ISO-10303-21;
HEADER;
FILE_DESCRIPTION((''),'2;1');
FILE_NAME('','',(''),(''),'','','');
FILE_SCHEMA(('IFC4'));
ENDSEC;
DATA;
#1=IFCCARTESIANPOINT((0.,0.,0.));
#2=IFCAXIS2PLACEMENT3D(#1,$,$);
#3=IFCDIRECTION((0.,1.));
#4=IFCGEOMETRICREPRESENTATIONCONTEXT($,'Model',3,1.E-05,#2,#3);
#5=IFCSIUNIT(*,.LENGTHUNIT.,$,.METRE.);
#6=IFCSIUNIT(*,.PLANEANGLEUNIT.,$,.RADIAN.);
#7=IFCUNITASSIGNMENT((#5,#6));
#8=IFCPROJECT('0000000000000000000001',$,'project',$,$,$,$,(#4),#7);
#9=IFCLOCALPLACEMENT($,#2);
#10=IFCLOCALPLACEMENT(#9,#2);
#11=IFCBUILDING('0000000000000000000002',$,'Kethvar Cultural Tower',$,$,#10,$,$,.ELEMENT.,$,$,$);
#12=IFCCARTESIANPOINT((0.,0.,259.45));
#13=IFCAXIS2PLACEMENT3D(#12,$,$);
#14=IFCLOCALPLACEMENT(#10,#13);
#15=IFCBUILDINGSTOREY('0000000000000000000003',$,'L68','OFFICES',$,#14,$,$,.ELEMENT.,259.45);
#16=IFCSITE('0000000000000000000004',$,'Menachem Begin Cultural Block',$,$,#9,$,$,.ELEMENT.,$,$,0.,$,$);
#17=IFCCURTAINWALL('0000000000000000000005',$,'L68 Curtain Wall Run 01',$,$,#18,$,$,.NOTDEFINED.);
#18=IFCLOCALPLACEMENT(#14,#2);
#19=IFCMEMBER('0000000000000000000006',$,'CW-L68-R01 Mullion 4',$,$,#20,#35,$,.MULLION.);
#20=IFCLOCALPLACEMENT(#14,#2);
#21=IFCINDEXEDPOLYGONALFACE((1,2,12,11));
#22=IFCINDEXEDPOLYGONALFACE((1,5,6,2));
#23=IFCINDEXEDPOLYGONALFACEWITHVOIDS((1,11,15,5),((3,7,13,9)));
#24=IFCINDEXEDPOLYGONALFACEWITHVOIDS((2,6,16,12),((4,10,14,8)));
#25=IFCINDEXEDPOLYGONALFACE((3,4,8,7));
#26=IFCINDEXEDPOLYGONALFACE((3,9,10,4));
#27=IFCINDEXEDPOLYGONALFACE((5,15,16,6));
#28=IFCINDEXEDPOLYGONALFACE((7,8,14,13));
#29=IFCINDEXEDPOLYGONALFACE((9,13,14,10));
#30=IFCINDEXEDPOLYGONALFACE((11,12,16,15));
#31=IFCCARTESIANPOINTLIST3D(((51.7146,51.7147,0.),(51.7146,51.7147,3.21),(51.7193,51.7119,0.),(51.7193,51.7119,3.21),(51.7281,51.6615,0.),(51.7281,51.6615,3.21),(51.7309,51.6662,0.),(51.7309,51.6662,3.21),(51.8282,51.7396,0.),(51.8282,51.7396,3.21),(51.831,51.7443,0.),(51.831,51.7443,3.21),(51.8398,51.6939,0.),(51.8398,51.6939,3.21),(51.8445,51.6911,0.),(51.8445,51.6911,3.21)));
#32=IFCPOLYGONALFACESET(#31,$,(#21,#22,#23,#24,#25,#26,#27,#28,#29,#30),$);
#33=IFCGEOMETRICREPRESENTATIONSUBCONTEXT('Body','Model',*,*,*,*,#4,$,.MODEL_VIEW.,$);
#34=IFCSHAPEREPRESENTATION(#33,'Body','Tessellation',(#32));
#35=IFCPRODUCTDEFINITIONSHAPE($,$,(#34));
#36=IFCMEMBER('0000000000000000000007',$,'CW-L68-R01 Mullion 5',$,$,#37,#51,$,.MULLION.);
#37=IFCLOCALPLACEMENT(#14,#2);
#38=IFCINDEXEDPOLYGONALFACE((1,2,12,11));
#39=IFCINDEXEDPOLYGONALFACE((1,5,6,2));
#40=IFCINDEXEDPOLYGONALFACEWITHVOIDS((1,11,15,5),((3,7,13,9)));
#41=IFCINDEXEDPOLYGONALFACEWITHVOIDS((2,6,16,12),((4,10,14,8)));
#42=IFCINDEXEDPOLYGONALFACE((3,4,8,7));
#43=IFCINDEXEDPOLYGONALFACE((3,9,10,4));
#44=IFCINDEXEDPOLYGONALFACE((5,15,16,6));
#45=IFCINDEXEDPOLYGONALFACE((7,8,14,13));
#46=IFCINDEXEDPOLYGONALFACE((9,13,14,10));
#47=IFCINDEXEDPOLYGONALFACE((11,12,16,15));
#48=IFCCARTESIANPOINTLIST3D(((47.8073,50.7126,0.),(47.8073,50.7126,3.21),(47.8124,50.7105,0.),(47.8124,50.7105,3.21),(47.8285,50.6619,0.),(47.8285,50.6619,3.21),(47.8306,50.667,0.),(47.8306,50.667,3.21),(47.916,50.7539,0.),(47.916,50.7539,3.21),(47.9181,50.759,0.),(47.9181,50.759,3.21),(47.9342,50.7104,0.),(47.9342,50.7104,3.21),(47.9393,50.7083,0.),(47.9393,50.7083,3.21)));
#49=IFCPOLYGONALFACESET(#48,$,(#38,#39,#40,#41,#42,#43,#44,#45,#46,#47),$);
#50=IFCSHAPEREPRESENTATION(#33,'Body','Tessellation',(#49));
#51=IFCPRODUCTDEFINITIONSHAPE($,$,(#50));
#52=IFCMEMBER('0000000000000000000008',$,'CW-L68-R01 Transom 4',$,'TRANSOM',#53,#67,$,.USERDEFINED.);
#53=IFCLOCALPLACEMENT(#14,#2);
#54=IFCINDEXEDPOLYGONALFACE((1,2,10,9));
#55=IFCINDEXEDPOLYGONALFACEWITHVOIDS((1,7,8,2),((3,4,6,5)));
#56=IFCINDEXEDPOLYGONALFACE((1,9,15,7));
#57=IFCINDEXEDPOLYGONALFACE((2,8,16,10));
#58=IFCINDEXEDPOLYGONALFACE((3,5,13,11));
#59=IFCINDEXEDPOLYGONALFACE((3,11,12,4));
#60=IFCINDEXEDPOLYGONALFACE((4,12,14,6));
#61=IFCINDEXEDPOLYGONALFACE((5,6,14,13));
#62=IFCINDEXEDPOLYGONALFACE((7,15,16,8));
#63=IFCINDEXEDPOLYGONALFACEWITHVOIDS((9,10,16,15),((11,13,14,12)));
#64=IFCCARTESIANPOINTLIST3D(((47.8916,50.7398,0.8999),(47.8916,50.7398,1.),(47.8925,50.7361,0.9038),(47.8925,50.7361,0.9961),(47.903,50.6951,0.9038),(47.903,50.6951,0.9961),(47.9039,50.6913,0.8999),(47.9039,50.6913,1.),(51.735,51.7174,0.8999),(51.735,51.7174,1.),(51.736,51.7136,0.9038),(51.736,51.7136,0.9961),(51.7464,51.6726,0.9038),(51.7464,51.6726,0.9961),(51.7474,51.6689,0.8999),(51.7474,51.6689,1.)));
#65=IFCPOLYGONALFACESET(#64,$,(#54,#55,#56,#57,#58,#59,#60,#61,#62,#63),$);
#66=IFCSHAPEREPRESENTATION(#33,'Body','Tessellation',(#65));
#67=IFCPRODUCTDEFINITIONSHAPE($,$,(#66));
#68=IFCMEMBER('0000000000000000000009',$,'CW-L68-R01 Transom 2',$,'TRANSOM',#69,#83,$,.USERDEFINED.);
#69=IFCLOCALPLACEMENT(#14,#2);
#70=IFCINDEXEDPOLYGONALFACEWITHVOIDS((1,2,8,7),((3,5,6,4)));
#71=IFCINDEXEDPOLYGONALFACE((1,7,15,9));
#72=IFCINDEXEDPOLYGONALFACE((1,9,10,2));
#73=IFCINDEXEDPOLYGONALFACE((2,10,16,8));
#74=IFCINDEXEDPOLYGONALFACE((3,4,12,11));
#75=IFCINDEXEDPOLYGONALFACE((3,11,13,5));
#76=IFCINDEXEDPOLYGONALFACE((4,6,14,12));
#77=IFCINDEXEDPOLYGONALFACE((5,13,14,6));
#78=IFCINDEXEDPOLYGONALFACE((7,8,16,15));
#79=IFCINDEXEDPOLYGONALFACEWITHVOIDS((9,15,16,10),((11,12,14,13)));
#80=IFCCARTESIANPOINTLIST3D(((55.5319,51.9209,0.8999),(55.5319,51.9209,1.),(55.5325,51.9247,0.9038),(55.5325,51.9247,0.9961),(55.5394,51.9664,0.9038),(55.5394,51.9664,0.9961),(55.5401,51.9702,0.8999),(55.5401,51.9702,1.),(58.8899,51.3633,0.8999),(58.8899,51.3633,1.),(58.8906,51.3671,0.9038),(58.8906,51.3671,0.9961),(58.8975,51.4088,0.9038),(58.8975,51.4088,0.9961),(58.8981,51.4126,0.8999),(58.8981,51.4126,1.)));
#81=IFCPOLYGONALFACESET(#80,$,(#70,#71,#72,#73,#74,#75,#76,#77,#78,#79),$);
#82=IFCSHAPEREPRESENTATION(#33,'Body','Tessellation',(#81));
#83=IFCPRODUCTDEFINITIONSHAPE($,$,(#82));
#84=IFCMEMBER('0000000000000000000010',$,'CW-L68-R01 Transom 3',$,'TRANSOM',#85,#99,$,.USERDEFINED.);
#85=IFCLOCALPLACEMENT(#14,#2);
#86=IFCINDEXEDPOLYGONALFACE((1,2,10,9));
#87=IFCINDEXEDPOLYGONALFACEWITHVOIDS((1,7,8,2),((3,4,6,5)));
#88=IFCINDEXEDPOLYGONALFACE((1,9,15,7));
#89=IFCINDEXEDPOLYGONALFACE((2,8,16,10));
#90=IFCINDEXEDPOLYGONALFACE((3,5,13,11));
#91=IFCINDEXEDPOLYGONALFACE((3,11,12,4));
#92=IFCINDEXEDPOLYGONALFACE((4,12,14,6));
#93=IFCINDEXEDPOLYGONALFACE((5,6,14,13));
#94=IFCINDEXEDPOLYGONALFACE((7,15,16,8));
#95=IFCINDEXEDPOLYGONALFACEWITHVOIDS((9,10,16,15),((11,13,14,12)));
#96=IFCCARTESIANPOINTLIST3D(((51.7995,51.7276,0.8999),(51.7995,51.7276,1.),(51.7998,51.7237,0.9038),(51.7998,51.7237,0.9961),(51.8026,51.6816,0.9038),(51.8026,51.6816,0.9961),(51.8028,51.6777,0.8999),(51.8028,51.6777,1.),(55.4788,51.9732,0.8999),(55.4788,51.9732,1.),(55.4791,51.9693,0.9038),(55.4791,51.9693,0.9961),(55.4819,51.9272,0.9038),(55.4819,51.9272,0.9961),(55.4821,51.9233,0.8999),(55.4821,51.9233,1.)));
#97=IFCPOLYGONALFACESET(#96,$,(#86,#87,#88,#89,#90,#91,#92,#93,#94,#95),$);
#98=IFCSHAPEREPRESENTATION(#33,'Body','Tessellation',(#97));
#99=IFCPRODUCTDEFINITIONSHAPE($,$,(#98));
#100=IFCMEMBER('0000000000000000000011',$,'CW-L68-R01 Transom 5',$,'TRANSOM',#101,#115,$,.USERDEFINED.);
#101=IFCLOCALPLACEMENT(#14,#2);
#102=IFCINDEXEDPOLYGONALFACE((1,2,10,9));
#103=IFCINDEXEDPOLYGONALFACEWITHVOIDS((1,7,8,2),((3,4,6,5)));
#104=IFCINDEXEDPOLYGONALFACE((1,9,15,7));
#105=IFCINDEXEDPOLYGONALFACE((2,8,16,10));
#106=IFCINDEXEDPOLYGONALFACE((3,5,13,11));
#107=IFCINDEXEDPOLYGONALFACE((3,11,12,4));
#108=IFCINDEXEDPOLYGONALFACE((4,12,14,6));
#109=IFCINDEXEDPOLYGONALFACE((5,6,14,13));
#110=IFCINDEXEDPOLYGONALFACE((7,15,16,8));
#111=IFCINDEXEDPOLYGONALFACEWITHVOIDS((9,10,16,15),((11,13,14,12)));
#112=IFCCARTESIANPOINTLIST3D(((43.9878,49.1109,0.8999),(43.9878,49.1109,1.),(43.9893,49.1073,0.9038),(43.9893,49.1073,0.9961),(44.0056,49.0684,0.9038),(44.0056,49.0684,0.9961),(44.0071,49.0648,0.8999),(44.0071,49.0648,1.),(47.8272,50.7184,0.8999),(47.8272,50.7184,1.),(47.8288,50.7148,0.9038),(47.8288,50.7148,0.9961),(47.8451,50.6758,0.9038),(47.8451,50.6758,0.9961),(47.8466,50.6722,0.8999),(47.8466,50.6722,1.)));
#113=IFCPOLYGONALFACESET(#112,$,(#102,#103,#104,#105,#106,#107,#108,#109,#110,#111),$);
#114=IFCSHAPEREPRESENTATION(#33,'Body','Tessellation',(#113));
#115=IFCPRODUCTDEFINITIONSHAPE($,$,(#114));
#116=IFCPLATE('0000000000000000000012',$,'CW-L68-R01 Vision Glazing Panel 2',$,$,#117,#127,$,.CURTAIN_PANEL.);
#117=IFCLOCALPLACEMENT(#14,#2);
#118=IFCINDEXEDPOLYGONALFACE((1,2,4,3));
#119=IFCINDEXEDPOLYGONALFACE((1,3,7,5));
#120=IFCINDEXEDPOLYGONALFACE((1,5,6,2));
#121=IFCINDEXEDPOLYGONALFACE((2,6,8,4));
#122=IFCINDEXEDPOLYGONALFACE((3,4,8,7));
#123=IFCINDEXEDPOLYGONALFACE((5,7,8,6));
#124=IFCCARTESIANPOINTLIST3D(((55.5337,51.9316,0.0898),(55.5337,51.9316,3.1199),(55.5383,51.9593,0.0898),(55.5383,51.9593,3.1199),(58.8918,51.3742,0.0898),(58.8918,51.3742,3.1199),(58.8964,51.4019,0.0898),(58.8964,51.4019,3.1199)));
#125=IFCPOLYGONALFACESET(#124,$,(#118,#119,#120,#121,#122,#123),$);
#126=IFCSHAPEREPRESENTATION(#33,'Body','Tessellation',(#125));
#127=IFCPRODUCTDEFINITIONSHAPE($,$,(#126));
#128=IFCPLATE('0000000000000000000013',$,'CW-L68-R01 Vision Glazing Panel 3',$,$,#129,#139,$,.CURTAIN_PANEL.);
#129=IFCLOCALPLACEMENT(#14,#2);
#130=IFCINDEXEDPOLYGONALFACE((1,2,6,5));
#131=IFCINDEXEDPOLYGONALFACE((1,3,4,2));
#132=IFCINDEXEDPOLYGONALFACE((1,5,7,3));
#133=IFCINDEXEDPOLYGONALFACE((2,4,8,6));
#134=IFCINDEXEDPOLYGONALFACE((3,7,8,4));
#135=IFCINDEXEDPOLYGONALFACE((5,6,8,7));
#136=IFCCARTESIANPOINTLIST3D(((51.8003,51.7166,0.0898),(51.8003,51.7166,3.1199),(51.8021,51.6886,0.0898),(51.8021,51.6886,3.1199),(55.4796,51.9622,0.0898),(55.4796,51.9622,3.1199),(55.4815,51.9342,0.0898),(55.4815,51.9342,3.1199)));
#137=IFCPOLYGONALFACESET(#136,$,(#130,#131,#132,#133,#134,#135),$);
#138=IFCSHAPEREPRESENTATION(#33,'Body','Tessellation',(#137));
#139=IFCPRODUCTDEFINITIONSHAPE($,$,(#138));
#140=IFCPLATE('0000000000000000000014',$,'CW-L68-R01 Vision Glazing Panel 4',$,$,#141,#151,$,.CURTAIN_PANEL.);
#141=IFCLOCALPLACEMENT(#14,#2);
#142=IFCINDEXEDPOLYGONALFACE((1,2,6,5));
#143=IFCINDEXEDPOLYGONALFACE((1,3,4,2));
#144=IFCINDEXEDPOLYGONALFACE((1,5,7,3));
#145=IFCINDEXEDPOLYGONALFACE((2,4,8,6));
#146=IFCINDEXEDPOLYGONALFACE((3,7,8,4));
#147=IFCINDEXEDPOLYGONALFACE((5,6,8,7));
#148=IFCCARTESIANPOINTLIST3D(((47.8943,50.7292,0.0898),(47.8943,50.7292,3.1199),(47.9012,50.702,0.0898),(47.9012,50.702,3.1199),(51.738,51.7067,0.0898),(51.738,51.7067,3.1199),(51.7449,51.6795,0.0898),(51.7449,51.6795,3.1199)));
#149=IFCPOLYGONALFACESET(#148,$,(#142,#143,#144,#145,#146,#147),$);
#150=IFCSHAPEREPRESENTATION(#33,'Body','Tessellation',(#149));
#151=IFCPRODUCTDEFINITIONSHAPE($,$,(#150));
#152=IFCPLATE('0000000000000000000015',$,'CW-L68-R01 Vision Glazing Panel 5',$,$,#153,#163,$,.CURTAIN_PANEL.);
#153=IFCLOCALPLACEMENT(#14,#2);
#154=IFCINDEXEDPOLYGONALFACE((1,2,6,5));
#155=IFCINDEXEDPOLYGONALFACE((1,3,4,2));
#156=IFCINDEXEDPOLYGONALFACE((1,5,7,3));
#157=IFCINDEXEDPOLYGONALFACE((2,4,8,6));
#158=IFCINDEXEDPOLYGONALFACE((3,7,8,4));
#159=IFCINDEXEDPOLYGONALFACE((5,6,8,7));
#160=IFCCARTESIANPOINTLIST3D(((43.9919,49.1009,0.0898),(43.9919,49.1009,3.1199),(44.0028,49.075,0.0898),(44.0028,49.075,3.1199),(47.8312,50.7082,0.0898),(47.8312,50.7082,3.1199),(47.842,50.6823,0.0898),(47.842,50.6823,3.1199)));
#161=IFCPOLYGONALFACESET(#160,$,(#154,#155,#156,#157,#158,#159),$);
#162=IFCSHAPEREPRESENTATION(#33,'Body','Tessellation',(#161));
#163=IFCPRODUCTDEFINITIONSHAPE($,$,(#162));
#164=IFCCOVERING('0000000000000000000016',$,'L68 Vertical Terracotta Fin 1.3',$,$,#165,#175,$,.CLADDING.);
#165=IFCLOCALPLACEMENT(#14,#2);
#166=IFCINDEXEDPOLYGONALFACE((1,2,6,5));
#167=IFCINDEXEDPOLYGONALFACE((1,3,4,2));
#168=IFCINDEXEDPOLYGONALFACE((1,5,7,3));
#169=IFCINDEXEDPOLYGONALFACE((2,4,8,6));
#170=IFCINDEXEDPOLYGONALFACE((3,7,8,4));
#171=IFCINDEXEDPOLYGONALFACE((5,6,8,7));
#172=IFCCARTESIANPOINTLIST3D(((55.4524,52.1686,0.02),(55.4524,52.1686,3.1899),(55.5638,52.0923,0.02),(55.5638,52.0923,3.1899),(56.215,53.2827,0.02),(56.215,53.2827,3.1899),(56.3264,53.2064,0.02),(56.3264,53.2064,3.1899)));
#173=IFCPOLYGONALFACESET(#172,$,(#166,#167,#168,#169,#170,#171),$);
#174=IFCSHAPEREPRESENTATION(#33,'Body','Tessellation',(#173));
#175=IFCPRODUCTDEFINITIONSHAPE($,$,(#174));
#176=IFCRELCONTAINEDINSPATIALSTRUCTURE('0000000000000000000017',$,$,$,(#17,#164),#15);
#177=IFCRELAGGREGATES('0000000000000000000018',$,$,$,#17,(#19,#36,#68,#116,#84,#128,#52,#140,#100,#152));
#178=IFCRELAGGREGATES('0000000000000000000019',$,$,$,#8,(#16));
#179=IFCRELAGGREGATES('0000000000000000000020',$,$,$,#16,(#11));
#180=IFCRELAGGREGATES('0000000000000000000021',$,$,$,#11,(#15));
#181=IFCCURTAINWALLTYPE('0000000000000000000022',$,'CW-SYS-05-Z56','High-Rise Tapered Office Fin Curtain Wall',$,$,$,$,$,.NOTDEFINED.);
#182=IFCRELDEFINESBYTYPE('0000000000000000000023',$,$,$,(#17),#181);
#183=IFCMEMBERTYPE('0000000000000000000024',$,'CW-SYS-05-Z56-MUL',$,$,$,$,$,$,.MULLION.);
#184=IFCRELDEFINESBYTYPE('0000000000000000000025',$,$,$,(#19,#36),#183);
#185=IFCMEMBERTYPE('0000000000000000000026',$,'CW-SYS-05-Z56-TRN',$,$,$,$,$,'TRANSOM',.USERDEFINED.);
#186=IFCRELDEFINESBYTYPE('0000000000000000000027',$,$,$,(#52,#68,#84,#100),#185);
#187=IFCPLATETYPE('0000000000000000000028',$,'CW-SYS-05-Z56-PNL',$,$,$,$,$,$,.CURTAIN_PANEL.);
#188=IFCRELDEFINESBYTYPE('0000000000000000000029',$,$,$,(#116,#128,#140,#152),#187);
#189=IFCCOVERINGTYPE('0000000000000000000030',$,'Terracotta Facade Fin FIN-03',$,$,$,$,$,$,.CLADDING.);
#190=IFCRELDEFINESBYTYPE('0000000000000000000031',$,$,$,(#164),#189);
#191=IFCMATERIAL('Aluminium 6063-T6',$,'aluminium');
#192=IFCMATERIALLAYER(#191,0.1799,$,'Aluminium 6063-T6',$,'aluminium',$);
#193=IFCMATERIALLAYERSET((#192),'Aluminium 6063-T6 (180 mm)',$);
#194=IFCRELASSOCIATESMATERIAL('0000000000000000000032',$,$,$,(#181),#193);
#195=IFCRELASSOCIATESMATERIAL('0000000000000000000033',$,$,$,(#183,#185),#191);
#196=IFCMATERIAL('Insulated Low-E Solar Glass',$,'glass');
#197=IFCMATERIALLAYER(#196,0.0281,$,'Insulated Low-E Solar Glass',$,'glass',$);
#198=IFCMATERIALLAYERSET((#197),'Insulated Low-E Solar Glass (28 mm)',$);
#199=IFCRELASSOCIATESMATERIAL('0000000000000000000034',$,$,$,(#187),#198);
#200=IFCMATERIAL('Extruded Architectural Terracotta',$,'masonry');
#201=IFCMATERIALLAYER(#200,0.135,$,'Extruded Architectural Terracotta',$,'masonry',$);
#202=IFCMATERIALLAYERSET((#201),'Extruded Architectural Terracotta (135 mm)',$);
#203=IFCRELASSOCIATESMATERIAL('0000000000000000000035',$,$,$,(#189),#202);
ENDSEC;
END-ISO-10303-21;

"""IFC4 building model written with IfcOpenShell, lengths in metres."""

from ifc_helpers import new_model, si_unit, direction, frame, origin, origin_2d, place, context, subcontext, project, spatial, rectangle, hollow_rectangle, extrude, source, transform, mapped, material, layer, layer_set, material_profile, profile_set, type_object, element, aggregate, save


model = new_model("IFC4")

# Units and contexts
model_context = context("Model", 3, precision=1e-05, world=origin(), true_north=direction((0.0, 1.0)))
body_context = subcontext(model_context, "Body", "Model", "MODEL_VIEW")
ifc_project = project(units=[si_unit("LENGTHUNIT", "METRE"), si_unit("PLANEANGLEUNIT", "RADIAN")], contexts=[model_context])

# Site, building, storey
site_placement = place(None, origin())
site = spatial("IfcSite", under=ifc_project, at=site_placement, Name="Menachem Begin Cultural Block", CompositionType="ELEMENT", RefElevation=0.0)
building_placement = place(site_placement, origin())
building = spatial("IfcBuilding", under=site, at=building_placement, Name="Kethvar Cultural Tower", CompositionType="ELEMENT")
storey_placement = place(building_placement, frame((0.0, 0.0, 259.45)))
storey = spatial("IfcBuildingStorey", under=building, at=storey_placement, Name="L68", Description="OFFICES", CompositionType="ELEMENT", Elevation=259.45)

# Curtain wall, members, plates
ifc_material_1 = material(Name="Aluminium 6063-T6", Category="aluminium")
ifc_layer_1 = layer(ifc_material_1, 0.1799, Name="Aluminium 6063-T6", Category="aluminium")
ifc_layer_set_1 = layer_set([ifc_layer_1], Name="Aluminium 6063-T6 (180 mm)")
curtain_wall_type = type_object("IfcCurtainWallType", Name="CW-SYS-05-Z56", Description="High-Rise Tapered Office Fin Curtain Wall", PredefinedType="NOTDEFINED", material=ifc_layer_set_1)
curtain_wall_placement = place(storey_placement, origin())
curtain_wall = element("IfcCurtainWall", 1, at=curtain_wall_placement, inside=storey, type_object=curtain_wall_type, Name="L68 Curtain Wall Run 01", PredefinedType="NOTDEFINED")
ifc_material_profile_1 = material_profile(ifc_material_1, hollow_rectangle(XDim=0.0549, YDim=0.1201, WallThickness=0.0039, at=origin_2d()), Name="Aluminium 6063-T6 — RHS120x55x4")
ifc_profile_set_1 = profile_set([ifc_material_profile_1], Name="Aluminium 6063-T6 — RHS120x55x4")
member_type_1 = type_object("IfcMemberType", Name="CW-SYS-05-Z56-MUL", PredefinedType="MULLION", material=ifc_profile_set_1)
shared_shape_1 = source(origin(), body_context, "Body", "SweptSolid", [
    extrude(hollow_rectangle(XDim=0.0549, YDim=0.1201, WallThickness=0.0039, at=origin_2d()), origin(), (0.0, 0.0, 1.0), 3.21),
])
member_1_placement = place(storey_placement, frame((51.7795, 51.7029, 0.0), z_axis=(0.0, 0.0, 1.0), x_axis=(0.246475, -0.969149, 0.0)))
member_1 = element("IfcMember", 2, at=member_1_placement, type_object=member_type_1, Name="CW-L68-R01 Mullion 4", PredefinedType="MULLION", context=body_context, shape_type="MappedRepresentation", body=[
    mapped(shared_shape_1, transform((0.0, 0.0, 0.0), scale=1.0)),
])
member_2_placement = place(storey_placement, frame((47.8733, 50.7104, 0.0), z_axis=(0.0, 0.0, 1.0), x_axis=(0.386164, -0.92243, 0.0)))
member_2 = element("IfcMember", 3, at=member_2_placement, type_object=member_type_1, Name="CW-L68-R01 Mullion 5", PredefinedType="MULLION", context=body_context, shape_type="MappedRepresentation", body=[
    mapped(shared_shape_1, transform((0.0, 0.0, 0.0), scale=1.0)),
])
ifc_material_profile_2 = material_profile(ifc_material_1, hollow_rectangle(XDim=0.05, YDim=0.1001, WallThickness=0.0039, at=origin_2d()), Name="Aluminium 6063-T6 — RHS100x50x4")
ifc_profile_set_2 = profile_set([ifc_material_profile_2], Name="Aluminium 6063-T6 — RHS100x50x4")
member_type_2 = type_object("IfcMemberType", Name="CW-SYS-05-Z56-TRN", ElementType="TRANSOM", PredefinedType="USERDEFINED", material=ifc_profile_set_2)
shared_shape_2 = source(origin(), body_context, "Body", "SweptSolid", [
    extrude(hollow_rectangle(XDim=0.05, YDim=0.1001, WallThickness=0.0039, at=origin_2d()), origin(), (0.0, 0.0, 1.0), 3.9658),
])
member_3_placement = place(storey_placement, frame((51.7412, 51.6931, 0.95), z_axis=(-0.969146, -0.246488, 0.0), x_axis=(0.246488, -0.969146, 0.0)))
member_3 = element("IfcMember", 4, at=member_3_placement, type_object=member_type_2, Name="CW-L68-R01 Transom 4", ObjectType="TRANSOM", PredefinedType="USERDEFINED", context=body_context, shape_type="MappedRepresentation", body=[
    mapped(shared_shape_2, transform((0.0, 0.0, 0.0), scale=1.0)),
])
shared_shape_3 = source(origin(), body_context, "Body", "SweptSolid", [
    extrude(hollow_rectangle(XDim=0.05, YDim=0.1001, WallThickness=0.0039, at=origin_2d()), origin(), (0.0, 0.0, 1.0), 3.4041),
])
member_4_placement = place(storey_placement, frame((58.894, 51.3879, 0.95), z_axis=(-0.986493, 0.163806, 0.0), x_axis=(-0.163806, -0.986493, 0.0)))
member_4 = element("IfcMember", 5, at=member_4_placement, type_object=member_type_2, Name="CW-L68-R01 Transom 2", ObjectType="TRANSOM", PredefinedType="USERDEFINED", context=body_context, shape_type="MappedRepresentation", body=[
    mapped(shared_shape_3, transform((0.0, 0.0, 0.0), scale=1.0)),
])
shared_shape_4 = source(origin(), body_context, "Body", "SweptSolid", [
    extrude(hollow_rectangle(XDim=0.05, YDim=0.1001, WallThickness=0.0039, at=origin_2d()), origin(), (0.0, 0.0, 1.0), 3.6875),
])
member_5_placement = place(storey_placement, frame((55.4805, 51.9482, 0.95), z_axis=(-0.997779, -0.066607, 0.0), x_axis=(0.066607, -0.997779, 0.0)))
member_5 = element("IfcMember", 6, at=member_5_placement, type_object=member_type_2, Name="CW-L68-R01 Transom 3", ObjectType="TRANSOM", PredefinedType="USERDEFINED", context=body_context, shape_type="MappedRepresentation", body=[
    mapped(shared_shape_4, transform((0.0, 0.0, 0.0), scale=1.0)),
])
shared_shape_5 = source(origin(), body_context, "Body", "SweptSolid", [
    extrude(hollow_rectangle(XDim=0.05, YDim=0.1001, WallThickness=0.0039, at=origin_2d()), origin(), (0.0, 0.0, 1.0), 4.1624),
])
member_6_placement = place(storey_placement, frame((47.8369, 50.6953, 0.95), z_axis=(-0.92242, -0.386189, 0.0), x_axis=(0.386189, -0.92242, 0.0)))
member_6 = element("IfcMember", 7, at=member_6_placement, type_object=member_type_2, Name="CW-L68-R01 Transom 5", ObjectType="TRANSOM", PredefinedType="USERDEFINED", context=body_context, shape_type="MappedRepresentation", body=[
    mapped(shared_shape_5, transform((0.0, 0.0, 0.0), scale=1.0)),
])
ifc_material_2 = material(Name="Insulated Low-E Solar Glass", Category="glass")
ifc_layer_2 = layer(ifc_material_2, 0.0281, Name="Insulated Low-E Solar Glass", Category="glass")
ifc_layer_set_2 = layer_set([ifc_layer_2], Name="Insulated Low-E Solar Glass (28 mm)")
plate_type = type_object("IfcPlateType", Name="CW-SYS-05-Z56-PNL", PredefinedType="CURTAIN_PANEL", material=ifc_layer_set_2)
shared_shape_6 = source(origin(), body_context, "Body", "SweptSolid", [
    extrude(rectangle(XDim=3.4041, YDim=0.0281, at=origin_2d()), origin(), (0.0, 0.0, 1.0), 3.03),
])
plate_1_placement = place(storey_placement, frame((57.2151, 51.6667, 0.0898), z_axis=(0.0, 0.0, 1.0), x_axis=(-0.986501, 0.163756, 0.0)))
plate_1 = element("IfcPlate", 8, at=plate_1_placement, type_object=plate_type, Name="CW-L68-R01 Vision Glazing Panel 2", PredefinedType="CURTAIN_PANEL", context=body_context, shape_type="MappedRepresentation", body=[
    mapped(shared_shape_6, transform((0.0, 0.0, 0.0), scale=1.0)),
])
shared_shape_7 = source(origin(), body_context, "Body", "SweptSolid", [
    extrude(rectangle(XDim=3.6875, YDim=0.0281, at=origin_2d()), origin(), (0.0, 0.0, 1.0), 3.03),
])
plate_2_placement = place(storey_placement, frame((53.6409, 51.8254, 0.0898), z_axis=(0.0, 0.0, 1.0), x_axis=(-0.997779, -0.066605, 0.0)))
plate_2 = element("IfcPlate", 9, at=plate_2_placement, type_object=plate_type, Name="CW-L68-R01 Vision Glazing Panel 3", PredefinedType="CURTAIN_PANEL", context=body_context, shape_type="MappedRepresentation", body=[
    mapped(shared_shape_7, transform((0.0, 0.0, 0.0), scale=1.0)),
])
shared_shape_8 = source(origin(), body_context, "Body", "SweptSolid", [
    extrude(rectangle(XDim=3.9661, YDim=0.0281, at=origin_2d()), origin(), (0.0, 0.0, 1.0), 3.03),
])
plate_3_placement = place(storey_placement, frame((49.8196, 51.2043, 0.0898), z_axis=(0.0, 0.0, 1.0), x_axis=(-0.969149, -0.246475, 0.0)))
plate_3 = element("IfcPlate", 10, at=plate_3_placement, type_object=plate_type, Name="CW-L68-R01 Vision Glazing Panel 4", PredefinedType="CURTAIN_PANEL", context=body_context, shape_type="MappedRepresentation", body=[
    mapped(shared_shape_8, transform((0.0, 0.0, 0.0), scale=1.0)),
])
shared_shape_9 = source(origin(), body_context, "Body", "SweptSolid", [
    extrude(rectangle(XDim=4.1621, YDim=0.0281, at=origin_2d()), origin(), (0.0, 0.0, 1.0), 3.03),
])
plate_4_placement = place(storey_placement, frame((45.917, 49.8916, 0.0898), z_axis=(0.0, 0.0, 1.0), x_axis=(-0.92243, -0.386164, 0.0)))
plate_4 = element("IfcPlate", 11, at=plate_4_placement, type_object=plate_type, Name="CW-L68-R01 Vision Glazing Panel 5", PredefinedType="CURTAIN_PANEL", context=body_context, shape_type="MappedRepresentation", body=[
    mapped(shared_shape_9, transform((0.0, 0.0, 0.0), scale=1.0)),
])
aggregate(curtain_wall, [member_1, member_2, member_4, plate_1, member_5, plate_2, member_3, plate_3, member_6, plate_4])

# Covering
ifc_material_3 = material(Name="Extruded Architectural Terracotta", Category="masonry")
ifc_layer_3 = layer(ifc_material_3, 0.135, Name="Extruded Architectural Terracotta", Category="masonry")
ifc_layer_set_3 = layer_set([ifc_layer_3], Name="Extruded Architectural Terracotta (135 mm)")
covering_type = type_object("IfcCoveringType", Name="Terracotta Facade Fin FIN-03", PredefinedType="CLADDING", material=ifc_layer_set_3)
shared_shape_10 = source(origin(), body_context, "Body", "SweptSolid", [
    extrude(rectangle(XDim=1.3501, YDim=0.135, at=origin_2d()), origin(), (0.0, 0.0, 1.0), 3.1699),
])
for number, where, z_axis, x_axis, name in (
    (12, (55.8894, 52.6875, 0.02), (0.0, 0.0, 1.0), (0.564823, 0.825212, 0.0), "L68 Vertical Terracotta Fin 1.3"),
):
    element("IfcCovering", number, at=place(storey_placement, frame(where, z_axis=z_axis, x_axis=x_axis)), inside=storey, type_object=covering_type, Name=name, PredefinedType="CLADDING", context=body_context, shape_type="MappedRepresentation", body=[
        mapped(shared_shape_10, transform((0.0, 0.0, 0.0), scale=1.0)),
    ])

save(model, "model.ifc")
